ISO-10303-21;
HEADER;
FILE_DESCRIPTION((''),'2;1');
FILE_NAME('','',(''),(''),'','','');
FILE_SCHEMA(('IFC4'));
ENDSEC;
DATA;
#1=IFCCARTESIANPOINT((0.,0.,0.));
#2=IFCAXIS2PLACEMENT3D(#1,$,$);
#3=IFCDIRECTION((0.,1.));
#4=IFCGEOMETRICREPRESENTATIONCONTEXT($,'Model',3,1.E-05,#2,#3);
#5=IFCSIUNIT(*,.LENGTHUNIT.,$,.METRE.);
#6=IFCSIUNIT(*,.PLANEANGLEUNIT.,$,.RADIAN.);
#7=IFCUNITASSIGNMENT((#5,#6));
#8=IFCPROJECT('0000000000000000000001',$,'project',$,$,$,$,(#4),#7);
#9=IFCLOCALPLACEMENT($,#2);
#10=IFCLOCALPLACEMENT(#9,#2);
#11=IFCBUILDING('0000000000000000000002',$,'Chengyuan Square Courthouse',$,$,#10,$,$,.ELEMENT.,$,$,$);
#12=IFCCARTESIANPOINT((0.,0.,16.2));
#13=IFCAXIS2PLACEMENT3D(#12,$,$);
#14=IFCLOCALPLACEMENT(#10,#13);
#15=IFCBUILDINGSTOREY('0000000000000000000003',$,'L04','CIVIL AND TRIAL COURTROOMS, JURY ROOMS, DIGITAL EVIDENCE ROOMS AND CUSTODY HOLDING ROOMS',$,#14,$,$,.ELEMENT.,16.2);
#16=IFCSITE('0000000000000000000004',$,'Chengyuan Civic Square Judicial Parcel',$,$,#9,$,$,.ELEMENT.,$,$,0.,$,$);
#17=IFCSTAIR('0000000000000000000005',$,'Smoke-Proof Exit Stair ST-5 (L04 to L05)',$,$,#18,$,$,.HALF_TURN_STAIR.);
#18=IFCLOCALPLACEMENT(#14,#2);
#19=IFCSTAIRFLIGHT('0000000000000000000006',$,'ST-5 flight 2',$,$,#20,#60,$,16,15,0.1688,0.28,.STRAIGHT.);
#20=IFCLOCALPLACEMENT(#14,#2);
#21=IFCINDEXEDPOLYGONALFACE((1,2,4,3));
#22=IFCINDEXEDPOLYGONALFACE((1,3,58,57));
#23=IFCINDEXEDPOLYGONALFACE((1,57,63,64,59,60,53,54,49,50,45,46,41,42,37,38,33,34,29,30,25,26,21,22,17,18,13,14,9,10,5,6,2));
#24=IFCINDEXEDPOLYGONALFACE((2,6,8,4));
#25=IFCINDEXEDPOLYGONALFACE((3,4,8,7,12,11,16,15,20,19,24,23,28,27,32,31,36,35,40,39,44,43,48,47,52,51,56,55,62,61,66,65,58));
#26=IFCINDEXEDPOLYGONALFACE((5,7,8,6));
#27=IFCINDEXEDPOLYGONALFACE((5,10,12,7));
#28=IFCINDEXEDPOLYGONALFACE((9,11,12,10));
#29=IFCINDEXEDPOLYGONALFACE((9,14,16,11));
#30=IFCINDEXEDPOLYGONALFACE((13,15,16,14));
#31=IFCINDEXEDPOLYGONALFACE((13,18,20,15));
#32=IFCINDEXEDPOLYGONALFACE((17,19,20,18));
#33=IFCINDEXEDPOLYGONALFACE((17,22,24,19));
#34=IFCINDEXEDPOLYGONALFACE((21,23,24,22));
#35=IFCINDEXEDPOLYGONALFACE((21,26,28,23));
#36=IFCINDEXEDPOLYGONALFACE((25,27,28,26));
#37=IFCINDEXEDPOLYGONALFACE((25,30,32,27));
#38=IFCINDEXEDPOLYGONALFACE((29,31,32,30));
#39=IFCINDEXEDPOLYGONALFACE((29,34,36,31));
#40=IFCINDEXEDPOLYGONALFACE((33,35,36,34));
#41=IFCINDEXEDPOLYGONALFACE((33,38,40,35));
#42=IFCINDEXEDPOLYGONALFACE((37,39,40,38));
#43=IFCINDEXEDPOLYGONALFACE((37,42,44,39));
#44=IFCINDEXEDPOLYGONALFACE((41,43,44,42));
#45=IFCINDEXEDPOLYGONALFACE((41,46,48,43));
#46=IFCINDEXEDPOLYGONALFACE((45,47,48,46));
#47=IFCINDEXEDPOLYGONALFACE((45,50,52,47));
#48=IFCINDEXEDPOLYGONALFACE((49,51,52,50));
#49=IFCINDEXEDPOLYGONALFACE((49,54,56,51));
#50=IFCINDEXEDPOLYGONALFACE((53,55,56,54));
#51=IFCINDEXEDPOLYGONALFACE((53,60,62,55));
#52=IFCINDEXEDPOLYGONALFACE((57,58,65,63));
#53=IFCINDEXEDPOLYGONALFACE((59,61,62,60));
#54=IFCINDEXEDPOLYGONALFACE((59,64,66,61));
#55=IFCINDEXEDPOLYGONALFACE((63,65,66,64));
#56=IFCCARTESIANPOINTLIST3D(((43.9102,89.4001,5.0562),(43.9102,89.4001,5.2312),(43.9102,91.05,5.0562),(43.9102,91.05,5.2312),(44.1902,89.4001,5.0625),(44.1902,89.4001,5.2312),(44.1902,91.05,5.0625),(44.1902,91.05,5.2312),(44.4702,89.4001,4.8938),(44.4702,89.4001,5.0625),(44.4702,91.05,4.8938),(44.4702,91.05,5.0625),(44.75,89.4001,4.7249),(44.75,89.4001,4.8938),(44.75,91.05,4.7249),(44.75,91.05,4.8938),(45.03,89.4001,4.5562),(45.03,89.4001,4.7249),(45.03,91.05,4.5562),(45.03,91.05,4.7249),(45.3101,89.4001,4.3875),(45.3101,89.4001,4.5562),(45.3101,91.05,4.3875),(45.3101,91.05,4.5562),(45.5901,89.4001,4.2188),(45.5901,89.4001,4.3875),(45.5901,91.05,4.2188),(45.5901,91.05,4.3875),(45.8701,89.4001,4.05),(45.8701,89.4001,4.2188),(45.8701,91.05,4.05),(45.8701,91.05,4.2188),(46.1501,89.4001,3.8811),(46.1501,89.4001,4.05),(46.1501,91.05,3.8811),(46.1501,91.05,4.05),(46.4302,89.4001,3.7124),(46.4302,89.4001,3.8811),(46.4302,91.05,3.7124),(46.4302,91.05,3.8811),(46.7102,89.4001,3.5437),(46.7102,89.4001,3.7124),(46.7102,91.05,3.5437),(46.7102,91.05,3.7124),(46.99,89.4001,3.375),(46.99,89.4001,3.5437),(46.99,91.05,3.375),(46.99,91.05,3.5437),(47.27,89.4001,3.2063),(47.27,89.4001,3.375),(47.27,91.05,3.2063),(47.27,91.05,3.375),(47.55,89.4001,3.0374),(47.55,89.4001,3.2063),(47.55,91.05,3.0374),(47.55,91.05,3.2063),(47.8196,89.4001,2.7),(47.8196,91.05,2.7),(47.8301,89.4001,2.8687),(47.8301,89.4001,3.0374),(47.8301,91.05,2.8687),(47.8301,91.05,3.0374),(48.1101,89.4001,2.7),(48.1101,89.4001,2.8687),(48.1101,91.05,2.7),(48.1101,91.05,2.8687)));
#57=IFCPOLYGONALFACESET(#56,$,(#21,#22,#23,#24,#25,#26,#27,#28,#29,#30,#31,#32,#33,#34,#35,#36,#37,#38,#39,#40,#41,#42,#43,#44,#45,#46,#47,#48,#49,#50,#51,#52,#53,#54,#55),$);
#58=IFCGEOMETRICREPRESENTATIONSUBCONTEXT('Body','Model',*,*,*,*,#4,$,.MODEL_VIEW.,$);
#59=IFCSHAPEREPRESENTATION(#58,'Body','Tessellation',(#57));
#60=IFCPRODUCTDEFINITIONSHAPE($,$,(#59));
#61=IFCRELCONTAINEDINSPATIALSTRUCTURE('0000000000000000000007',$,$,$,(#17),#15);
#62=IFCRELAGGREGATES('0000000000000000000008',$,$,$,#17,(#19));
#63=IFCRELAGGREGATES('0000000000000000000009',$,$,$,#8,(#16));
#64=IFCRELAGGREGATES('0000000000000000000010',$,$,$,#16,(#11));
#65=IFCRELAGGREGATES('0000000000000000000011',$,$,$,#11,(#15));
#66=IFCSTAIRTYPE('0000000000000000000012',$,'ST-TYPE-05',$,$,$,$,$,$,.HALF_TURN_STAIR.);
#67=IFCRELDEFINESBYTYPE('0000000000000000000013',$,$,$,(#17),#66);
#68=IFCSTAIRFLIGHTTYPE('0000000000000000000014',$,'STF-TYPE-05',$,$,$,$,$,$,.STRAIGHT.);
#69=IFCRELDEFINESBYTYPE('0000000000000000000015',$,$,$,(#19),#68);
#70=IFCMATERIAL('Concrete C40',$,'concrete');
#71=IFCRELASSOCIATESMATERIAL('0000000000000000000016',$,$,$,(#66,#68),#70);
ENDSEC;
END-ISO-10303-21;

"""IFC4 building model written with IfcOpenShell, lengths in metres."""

from ifc_helpers import new_model, si_unit, direction, frame, origin, place, context, subcontext, project, spatial, polyline, outline, extrude, material, type_object, element, aggregate, save


model = new_model("IFC4")

# Units and contexts
model_context = context("Model", 3, precision=1e-05, world=origin(), true_north=direction((0.0, 1.0)))
body_context = subcontext(model_context, "Body", "Model", "MODEL_VIEW")
ifc_project = project(units=[si_unit("LENGTHUNIT", "METRE"), si_unit("PLANEANGLEUNIT", "RADIAN")], contexts=[model_context])

# Site, building, storey
site_placement = place(None, origin())
site = spatial("IfcSite", under=ifc_project, at=site_placement, Name="Chengyuan Civic Square Judicial Parcel", CompositionType="ELEMENT", RefElevation=0.0)
building_placement = place(site_placement, origin())
building = spatial("IfcBuilding", under=site, at=building_placement, Name="Chengyuan Square Courthouse", CompositionType="ELEMENT")
storey_placement = place(building_placement, frame((0.0, 0.0, 16.2)))
storey = spatial("IfcBuildingStorey", under=building, at=storey_placement, Name="L04", Description="CIVIL AND TRIAL COURTROOMS, JURY ROOMS, DIGITAL EVIDENCE ROOMS AND CUSTODY HOLDING ROOMS", CompositionType="ELEMENT", Elevation=16.2)

# Shared definitions
ifc_material_1 = material(Name="Concrete C40", Category="concrete")

# Stair, stair flight
stair_type = type_object("IfcStairType", Name="ST-TYPE-05", PredefinedType="HALF_TURN_STAIR", material=ifc_material_1)
stair_placement = place(storey_placement, origin())
stair = element("IfcStair", 1, at=stair_placement, inside=storey, type_object=stair_type, Name="Smoke-Proof Exit Stair ST-5 (L04 to L05)", PredefinedType="HALF_TURN_STAIR")
stair_flight_type = type_object("IfcStairFlightType", Name="STF-TYPE-05", PredefinedType="STRAIGHT", material=ifc_material_1)
stair_flight_placement = place(storey_placement, frame((48.1101, 90.2251, 2.7), z_axis=(0.0, 0.0, 1.0), x_axis=(-1.0, 0.0, 0.0)))
stair_flight = element("IfcStairFlight", 2, at=stair_flight_placement, type_object=stair_flight_type, Name="ST-5 flight 2", NumberOfRisers=16, NumberOfTreads=15, PredefinedType="STRAIGHT", RiserHeight=0.1688, TreadLength=0.28, context=body_context, shape_type="SweptSolid", body=[
    extrude(outline(polyline([(0.0, 0.0), (0.0, 0.1687), (0.28, 0.1687), (0.28, 0.3374), (0.5601, 0.3374), (0.5601, 0.5063), (0.8401, 0.5063), (0.8401, 0.675), (1.1201, 0.675), (1.1201, 0.8438), (1.3999, 0.8438), (1.3999, 1.0125), (1.6799, 1.0125), (1.6799, 1.1812), (1.96, 1.1812), (1.96, 1.3501), (2.24, 1.3501), (2.24, 1.5188), (2.52, 1.5188), (2.52, 1.6875), (2.8, 1.6875), (2.8, 1.8562), (3.0801, 1.8562), (3.0801, 2.0249), (3.3601, 2.0249), (3.3601, 2.1938), (3.6399, 2.1938), (3.6399, 2.3625), (3.9199, 2.3625), (3.9199, 2.5312), (4.2, 2.5312), (4.2, 2.7), (4.2, 2.3562), (0.2905, 0.0), (0.0, 0.0)])), frame((0.0, 0.825, 0.0), z_axis=(0.0, -1.0, 0.0), x_axis=(1.0, 0.0, 0.0)), (0.0, 0.0, 1.0), 1.6499),
])
aggregate(stair, [stair_flight])

save(model, "model.ifc")
